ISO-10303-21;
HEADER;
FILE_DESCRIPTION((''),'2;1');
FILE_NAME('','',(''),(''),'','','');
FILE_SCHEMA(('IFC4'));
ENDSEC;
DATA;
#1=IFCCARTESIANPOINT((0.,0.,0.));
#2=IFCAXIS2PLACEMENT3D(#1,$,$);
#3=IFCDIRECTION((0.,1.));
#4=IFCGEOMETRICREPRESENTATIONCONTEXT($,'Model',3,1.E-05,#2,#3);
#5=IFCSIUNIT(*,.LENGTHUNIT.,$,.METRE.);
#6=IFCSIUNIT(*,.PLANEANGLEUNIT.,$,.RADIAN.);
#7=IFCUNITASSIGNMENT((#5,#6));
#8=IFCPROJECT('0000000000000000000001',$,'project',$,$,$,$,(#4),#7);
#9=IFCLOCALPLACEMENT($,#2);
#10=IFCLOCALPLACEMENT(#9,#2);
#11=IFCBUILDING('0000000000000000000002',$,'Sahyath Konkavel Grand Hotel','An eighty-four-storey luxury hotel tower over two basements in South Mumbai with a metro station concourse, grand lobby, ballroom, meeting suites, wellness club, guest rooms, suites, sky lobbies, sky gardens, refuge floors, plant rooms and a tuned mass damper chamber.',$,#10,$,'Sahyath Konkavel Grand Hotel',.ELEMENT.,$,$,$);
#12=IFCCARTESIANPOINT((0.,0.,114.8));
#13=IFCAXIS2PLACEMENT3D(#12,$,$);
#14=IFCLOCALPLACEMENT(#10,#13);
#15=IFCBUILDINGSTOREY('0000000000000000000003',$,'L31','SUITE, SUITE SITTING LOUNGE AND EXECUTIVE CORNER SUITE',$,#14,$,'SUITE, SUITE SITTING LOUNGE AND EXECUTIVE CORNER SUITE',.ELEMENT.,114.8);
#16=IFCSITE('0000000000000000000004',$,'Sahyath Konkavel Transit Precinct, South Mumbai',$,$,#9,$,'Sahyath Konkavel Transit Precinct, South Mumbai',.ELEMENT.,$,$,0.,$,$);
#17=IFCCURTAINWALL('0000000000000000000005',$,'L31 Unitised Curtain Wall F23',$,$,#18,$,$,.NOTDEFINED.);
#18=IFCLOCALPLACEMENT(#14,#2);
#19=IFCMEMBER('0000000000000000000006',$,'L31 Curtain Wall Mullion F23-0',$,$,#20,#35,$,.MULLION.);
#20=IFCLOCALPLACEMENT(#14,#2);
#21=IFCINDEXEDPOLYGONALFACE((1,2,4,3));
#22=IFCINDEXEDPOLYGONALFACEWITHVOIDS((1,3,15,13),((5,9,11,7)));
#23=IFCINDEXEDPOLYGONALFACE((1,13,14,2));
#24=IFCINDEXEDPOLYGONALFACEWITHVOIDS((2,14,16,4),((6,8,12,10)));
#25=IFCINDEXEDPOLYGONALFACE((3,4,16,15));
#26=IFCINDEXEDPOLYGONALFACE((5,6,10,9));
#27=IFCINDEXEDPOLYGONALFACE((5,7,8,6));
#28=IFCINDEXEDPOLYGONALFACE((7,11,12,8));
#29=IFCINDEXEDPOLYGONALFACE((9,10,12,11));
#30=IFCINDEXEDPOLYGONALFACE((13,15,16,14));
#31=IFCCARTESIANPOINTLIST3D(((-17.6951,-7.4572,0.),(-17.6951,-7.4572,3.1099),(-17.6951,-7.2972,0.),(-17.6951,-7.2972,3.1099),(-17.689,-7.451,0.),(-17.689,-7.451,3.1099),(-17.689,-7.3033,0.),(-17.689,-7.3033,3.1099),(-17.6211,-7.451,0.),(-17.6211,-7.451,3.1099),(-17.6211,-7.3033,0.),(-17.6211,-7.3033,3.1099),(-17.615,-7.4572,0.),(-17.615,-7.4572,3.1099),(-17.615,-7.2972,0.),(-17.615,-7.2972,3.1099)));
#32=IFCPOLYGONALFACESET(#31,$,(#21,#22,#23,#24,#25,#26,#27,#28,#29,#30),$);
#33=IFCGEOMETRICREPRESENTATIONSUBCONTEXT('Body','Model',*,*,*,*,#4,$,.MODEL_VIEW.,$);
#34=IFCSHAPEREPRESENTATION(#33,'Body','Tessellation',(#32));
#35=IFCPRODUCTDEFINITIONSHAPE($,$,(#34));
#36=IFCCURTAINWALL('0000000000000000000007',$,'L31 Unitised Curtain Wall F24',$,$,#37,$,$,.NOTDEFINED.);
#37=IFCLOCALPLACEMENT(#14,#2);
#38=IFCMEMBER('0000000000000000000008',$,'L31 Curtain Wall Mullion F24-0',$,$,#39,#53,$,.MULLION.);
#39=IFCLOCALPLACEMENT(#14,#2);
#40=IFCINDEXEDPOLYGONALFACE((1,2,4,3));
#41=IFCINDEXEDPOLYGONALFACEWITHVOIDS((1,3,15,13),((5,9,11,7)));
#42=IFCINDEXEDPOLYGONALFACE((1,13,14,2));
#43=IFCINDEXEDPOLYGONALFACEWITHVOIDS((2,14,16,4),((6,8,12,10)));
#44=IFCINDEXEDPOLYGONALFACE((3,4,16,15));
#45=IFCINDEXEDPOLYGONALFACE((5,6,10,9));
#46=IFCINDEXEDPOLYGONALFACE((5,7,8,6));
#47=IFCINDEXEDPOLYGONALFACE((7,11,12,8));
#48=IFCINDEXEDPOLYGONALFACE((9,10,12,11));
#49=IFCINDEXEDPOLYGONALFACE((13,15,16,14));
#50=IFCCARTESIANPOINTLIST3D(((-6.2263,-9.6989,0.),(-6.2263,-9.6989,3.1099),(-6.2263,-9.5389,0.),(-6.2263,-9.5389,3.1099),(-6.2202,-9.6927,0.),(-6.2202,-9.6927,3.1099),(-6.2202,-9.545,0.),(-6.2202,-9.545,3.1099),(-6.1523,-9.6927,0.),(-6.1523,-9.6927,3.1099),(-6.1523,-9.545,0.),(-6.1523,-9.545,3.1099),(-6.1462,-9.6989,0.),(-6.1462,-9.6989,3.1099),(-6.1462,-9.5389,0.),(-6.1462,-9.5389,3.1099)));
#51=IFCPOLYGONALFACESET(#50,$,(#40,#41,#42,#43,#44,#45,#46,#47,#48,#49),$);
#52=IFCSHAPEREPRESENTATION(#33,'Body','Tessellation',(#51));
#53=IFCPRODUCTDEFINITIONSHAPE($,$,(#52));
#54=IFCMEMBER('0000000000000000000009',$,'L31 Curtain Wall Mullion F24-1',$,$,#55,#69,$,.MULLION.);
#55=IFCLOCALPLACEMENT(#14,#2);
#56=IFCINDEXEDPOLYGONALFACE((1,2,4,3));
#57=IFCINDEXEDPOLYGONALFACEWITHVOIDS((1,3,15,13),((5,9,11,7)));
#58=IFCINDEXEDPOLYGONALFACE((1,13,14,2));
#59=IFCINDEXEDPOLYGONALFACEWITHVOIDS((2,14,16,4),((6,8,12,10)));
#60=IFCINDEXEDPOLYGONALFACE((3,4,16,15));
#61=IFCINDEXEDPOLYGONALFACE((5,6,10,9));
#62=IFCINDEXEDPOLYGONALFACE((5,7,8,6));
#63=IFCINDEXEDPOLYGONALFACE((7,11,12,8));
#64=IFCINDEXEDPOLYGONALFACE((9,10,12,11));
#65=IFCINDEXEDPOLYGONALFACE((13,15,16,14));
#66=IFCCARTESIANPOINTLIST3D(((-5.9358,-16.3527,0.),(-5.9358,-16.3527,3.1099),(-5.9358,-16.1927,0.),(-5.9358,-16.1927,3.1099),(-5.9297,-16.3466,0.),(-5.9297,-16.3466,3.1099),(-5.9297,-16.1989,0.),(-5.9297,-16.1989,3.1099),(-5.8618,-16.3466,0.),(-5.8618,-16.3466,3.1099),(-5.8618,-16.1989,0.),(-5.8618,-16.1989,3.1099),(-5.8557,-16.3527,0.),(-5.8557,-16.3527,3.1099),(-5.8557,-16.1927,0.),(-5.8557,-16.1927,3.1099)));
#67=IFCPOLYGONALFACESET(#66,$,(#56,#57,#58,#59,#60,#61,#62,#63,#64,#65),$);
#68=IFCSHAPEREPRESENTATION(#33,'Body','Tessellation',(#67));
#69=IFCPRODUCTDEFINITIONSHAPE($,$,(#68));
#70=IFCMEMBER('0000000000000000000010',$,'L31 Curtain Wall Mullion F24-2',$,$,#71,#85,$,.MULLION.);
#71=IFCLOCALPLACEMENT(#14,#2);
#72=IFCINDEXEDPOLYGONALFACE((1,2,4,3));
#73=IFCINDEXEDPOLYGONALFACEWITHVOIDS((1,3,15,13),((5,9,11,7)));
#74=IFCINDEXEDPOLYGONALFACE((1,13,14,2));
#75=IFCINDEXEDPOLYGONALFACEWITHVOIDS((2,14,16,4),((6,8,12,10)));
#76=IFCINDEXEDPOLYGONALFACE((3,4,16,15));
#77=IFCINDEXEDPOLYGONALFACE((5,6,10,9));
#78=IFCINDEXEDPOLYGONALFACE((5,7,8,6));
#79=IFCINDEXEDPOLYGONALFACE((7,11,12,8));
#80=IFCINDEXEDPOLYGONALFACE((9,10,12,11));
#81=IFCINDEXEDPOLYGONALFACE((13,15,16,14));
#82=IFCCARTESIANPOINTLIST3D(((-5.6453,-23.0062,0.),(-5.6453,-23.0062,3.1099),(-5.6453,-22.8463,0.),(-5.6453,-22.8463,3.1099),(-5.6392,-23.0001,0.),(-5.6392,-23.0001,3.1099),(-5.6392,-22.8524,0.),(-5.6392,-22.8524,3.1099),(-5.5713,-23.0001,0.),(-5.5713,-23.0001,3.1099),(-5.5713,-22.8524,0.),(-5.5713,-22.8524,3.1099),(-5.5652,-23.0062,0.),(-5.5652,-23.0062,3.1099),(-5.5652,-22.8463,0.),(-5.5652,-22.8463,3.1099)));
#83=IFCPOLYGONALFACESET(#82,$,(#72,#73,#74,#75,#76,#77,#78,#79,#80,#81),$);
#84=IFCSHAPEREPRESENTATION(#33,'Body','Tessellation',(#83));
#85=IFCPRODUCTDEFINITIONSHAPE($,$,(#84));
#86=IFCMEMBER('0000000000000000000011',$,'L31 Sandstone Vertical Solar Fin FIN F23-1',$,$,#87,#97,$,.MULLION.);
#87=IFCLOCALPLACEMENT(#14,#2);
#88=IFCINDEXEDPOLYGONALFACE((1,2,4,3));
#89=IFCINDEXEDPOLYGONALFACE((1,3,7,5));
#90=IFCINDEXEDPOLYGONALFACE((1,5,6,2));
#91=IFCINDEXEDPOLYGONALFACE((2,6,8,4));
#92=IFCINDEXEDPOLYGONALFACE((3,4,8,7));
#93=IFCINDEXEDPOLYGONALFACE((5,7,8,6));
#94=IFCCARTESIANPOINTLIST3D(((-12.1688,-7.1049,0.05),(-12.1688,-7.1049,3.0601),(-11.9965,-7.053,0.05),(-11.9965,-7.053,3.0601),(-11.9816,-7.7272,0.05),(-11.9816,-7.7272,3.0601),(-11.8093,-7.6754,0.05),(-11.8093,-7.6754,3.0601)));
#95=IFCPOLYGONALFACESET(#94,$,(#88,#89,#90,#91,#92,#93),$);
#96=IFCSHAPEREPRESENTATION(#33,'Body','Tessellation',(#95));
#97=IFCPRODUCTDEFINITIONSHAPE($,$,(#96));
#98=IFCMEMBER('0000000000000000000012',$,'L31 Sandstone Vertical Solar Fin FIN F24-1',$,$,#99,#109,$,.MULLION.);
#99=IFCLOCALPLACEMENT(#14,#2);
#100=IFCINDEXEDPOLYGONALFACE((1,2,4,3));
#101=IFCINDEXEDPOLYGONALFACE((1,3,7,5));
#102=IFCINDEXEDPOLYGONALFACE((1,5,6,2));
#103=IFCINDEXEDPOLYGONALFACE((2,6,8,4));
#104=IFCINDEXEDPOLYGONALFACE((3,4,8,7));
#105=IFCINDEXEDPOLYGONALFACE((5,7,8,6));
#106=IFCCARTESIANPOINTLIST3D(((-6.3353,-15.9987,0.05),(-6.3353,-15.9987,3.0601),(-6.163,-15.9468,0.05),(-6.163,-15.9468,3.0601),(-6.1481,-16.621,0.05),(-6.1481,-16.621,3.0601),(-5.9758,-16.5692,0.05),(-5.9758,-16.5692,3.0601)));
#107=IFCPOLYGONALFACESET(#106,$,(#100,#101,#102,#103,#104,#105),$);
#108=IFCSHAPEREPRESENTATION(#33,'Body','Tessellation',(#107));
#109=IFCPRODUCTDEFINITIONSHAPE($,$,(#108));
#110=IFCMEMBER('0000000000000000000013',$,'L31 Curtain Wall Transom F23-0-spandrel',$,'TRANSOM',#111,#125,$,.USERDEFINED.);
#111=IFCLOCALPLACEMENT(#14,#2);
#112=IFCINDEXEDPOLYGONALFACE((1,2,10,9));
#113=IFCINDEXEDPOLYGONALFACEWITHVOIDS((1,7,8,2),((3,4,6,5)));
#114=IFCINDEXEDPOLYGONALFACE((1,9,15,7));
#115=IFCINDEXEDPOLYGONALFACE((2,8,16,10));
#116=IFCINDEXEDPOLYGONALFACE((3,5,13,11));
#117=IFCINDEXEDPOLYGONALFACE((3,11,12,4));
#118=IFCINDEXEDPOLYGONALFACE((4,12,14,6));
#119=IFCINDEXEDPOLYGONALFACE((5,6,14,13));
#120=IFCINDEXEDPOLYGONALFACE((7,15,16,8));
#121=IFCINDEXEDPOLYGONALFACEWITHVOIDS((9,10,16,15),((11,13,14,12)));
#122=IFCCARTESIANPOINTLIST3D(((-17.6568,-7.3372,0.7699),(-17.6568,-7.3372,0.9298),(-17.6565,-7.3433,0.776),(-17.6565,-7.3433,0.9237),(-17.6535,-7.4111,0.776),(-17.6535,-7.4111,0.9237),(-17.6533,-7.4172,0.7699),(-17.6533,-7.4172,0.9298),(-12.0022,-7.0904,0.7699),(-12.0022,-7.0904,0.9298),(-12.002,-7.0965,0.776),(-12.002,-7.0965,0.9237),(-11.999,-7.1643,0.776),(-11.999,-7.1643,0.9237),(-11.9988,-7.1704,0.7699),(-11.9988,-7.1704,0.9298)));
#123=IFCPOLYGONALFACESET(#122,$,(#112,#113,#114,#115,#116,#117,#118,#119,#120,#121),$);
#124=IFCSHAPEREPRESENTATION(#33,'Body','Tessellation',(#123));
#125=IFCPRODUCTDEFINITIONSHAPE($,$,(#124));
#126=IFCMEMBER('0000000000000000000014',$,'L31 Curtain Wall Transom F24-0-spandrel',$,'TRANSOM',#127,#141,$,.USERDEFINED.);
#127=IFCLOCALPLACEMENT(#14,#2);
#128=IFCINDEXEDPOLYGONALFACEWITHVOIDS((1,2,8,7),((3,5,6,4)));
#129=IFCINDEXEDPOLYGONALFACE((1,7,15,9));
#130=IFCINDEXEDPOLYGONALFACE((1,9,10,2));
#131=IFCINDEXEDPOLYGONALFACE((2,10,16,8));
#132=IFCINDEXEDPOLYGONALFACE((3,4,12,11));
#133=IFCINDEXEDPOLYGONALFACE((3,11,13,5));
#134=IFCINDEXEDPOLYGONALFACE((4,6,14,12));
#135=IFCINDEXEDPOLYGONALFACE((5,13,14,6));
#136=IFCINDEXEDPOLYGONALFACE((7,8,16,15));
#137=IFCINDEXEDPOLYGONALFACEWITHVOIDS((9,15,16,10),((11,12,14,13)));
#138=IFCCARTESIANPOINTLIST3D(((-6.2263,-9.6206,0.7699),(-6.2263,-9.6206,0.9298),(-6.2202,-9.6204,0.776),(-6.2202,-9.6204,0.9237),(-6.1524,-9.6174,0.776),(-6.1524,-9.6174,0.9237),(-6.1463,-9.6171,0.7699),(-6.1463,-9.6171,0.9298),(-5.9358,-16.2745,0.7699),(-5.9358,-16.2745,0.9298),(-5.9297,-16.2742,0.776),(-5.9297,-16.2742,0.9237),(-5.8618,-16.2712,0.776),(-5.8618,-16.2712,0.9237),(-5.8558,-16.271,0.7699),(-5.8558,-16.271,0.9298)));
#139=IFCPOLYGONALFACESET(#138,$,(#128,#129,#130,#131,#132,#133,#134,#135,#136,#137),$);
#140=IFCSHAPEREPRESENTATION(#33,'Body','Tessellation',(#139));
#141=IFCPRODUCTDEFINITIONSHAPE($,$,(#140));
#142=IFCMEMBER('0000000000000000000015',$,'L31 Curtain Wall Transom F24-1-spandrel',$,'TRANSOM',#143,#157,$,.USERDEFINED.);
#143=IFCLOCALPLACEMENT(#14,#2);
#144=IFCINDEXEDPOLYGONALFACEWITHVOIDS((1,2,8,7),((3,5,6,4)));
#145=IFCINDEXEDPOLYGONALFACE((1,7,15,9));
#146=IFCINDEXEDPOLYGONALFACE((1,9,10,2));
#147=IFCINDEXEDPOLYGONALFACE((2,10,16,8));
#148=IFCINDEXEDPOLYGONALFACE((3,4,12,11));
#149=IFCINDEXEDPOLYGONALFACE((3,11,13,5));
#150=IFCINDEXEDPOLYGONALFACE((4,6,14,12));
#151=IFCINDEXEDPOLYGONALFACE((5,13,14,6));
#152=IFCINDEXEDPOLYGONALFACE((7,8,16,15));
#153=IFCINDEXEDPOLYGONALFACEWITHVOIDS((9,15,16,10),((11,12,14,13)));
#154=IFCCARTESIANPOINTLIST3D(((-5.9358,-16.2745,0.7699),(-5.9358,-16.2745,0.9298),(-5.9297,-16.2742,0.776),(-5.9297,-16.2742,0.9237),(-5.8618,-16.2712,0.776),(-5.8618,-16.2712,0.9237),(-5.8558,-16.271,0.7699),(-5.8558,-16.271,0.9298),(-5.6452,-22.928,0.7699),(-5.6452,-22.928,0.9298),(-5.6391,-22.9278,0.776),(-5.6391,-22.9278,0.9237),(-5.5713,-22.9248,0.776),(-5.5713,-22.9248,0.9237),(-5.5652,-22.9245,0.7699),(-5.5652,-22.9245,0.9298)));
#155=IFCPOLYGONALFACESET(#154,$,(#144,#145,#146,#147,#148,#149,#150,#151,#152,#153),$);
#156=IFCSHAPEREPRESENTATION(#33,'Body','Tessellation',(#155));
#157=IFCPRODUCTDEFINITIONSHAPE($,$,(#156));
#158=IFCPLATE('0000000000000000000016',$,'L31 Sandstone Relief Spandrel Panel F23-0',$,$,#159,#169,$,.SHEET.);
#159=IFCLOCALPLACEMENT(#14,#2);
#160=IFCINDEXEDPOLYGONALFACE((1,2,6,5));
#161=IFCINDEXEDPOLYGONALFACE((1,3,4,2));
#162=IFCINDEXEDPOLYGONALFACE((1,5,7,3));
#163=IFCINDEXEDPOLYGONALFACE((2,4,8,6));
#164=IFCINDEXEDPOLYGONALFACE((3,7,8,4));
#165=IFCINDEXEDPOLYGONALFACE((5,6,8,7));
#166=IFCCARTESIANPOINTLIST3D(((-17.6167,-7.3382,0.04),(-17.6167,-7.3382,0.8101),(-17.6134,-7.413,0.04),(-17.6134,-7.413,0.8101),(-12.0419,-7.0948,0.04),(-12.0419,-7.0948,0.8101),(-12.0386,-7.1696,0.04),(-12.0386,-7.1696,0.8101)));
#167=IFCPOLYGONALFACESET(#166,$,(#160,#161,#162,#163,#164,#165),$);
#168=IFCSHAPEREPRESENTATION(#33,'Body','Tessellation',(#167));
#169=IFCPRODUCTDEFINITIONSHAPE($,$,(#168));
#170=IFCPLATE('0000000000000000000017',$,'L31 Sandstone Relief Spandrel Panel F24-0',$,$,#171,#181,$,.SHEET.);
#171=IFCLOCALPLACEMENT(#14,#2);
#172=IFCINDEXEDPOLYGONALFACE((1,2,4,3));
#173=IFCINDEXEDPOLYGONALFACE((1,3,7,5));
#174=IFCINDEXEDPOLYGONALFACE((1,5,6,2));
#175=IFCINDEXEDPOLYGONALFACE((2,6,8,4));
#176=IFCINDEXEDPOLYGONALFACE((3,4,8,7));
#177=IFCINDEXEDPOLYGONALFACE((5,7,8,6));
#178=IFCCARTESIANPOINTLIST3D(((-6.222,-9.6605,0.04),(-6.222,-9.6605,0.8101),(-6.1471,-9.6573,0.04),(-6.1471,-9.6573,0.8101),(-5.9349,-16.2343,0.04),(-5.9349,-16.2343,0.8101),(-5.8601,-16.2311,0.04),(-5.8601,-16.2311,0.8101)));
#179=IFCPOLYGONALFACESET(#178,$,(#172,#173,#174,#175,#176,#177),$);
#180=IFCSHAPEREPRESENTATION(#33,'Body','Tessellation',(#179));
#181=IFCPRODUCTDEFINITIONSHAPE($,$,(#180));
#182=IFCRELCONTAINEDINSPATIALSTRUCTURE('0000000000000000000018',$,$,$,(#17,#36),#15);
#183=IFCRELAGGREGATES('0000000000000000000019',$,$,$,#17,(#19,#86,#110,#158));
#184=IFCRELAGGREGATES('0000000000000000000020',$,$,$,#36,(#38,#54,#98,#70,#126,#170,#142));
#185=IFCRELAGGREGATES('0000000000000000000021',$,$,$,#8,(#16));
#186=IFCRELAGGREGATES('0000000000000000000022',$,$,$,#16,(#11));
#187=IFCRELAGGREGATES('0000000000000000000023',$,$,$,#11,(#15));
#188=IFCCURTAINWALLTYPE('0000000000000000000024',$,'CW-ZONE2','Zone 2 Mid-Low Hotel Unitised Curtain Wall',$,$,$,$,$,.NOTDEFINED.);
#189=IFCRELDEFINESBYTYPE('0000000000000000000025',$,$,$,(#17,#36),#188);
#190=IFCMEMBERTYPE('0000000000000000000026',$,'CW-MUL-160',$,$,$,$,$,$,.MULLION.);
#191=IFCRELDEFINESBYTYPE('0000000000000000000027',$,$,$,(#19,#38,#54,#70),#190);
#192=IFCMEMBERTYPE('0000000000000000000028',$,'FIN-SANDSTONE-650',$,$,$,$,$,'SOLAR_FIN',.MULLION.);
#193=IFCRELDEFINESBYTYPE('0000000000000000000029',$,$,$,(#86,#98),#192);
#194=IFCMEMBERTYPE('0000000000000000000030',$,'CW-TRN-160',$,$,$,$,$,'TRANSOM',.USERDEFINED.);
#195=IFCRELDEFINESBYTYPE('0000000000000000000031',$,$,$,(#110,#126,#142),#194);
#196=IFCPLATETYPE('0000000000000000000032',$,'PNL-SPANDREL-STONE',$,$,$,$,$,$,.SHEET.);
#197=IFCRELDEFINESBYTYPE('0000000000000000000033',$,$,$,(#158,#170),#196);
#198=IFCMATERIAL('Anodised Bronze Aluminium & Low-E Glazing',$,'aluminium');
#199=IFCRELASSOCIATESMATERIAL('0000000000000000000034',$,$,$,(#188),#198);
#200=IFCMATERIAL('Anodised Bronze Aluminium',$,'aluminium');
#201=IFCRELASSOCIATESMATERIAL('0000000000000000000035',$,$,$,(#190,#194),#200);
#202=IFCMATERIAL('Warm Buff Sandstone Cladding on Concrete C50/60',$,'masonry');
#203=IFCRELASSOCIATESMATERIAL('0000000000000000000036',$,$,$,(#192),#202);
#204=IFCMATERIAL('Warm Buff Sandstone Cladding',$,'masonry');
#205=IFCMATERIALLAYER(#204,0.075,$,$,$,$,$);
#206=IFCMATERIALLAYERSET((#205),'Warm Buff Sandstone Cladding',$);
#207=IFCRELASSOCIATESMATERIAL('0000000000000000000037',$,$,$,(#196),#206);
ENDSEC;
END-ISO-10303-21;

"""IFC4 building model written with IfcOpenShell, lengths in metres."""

from ifc_helpers import new_model, si_unit, direction, frame, origin, origin_2d, place, context, subcontext, project, spatial, rectangle, hollow_rectangle, extrude, source, transform, mapped, material, layer, layer_set, material_profile, profile_set, type_object, element, aggregate, save


model = new_model("IFC4")

# Units and contexts
model_context = context("Model", 3, precision=1e-05, world=origin(), true_north=direction((0.0, 1.0)))
body_context = subcontext(model_context, "Body", "Model", "MODEL_VIEW")
ifc_project = project(units=[si_unit("LENGTHUNIT", "METRE"), si_unit("PLANEANGLEUNIT", "RADIAN")], contexts=[model_context])

# Site, building, storey
site_placement = place(None, origin())
site = spatial("IfcSite", under=ifc_project, at=site_placement, Name="Sahyath Konkavel Transit Precinct, South Mumbai", LongName="Sahyath Konkavel Transit Precinct, South Mumbai", CompositionType="ELEMENT", RefElevation=0.0)
building_placement = place(site_placement, origin())
building = spatial("IfcBuilding", under=site, at=building_placement, Name="Sahyath Konkavel Grand Hotel", Description="An eighty-four-storey luxury hotel tower over two basements in South Mumbai with a metro station concourse, grand lobby, ballroom, meeting suites, wellness club, guest rooms, suites, sky lobbies, sky gardens, refuge floors, plant rooms and a tuned mass damper chamber.", LongName="Sahyath Konkavel Grand Hotel", CompositionType="ELEMENT")
storey_placement = place(building_placement, frame((0.0, 0.0, 114.8)))
storey = spatial("IfcBuildingStorey", under=building, at=storey_placement, Name="L31", Description="SUITE, SUITE SITTING LOUNGE AND EXECUTIVE CORNER SUITE", LongName="SUITE, SUITE SITTING LOUNGE AND EXECUTIVE CORNER SUITE", CompositionType="ELEMENT", Elevation=114.8)

# Curtain wall, member
ifc_material_1 = material(Name="Anodised Bronze Aluminium & Low-E Glazing", Category="aluminium")
curtain_wall_type = type_object("IfcCurtainWallType", Name="CW-ZONE2", Description="Zone 2 Mid-Low Hotel Unitised Curtain Wall", PredefinedType="NOTDEFINED", material=ifc_material_1)
curtain_wall_1_placement = place(storey_placement, origin())
curtain_wall_1 = element("IfcCurtainWall", 1, at=curtain_wall_1_placement, inside=storey, type_object=curtain_wall_type, Name="L31 Unitised Curtain Wall F23", PredefinedType="NOTDEFINED")
ifc_material_2 = material(Name="Anodised Bronze Aluminium", Category="aluminium")
ifc_material_profile_1 = material_profile(ifc_material_2, hollow_rectangle(XDim=0.0801, YDim=0.1599, WallThickness=0.0061, at=origin_2d()), Name="RHS 160x80x6")
ifc_profile_set_1 = profile_set([ifc_material_profile_1], Name="Anodised Bronze Aluminium")
member_type_1 = type_object("IfcMemberType", Name="CW-MUL-160", PredefinedType="MULLION", material=ifc_profile_set_1)
shared_shape_1 = source(origin(), body_context, "Body", "SweptSolid", [
    extrude(hollow_rectangle(XDim=0.0801, YDim=0.1599, WallThickness=0.0061, at=origin_2d()), origin(), (0.0, 0.0, 1.0), 3.1099),
])
member_1_placement = place(storey_placement, frame((-17.655, -7.3772, 0.0), z_axis=(0.0, 0.0, 1.0), x_axis=(1.0, 0.0, 0.0)))
member_1 = element("IfcMember", 2, at=member_1_placement, type_object=member_type_1, Name="L31 Curtain Wall Mullion F23-0", PredefinedType="MULLION", context=body_context, shape_type="MappedRepresentation", body=[
    mapped(shared_shape_1, transform((0.0, 0.0, 0.0), scale=1.0)),
])

# Curtain wall, members
curtain_wall_2_placement = place(storey_placement, origin())
curtain_wall_2 = element("IfcCurtainWall", 3, at=curtain_wall_2_placement, inside=storey, type_object=curtain_wall_type, Name="L31 Unitised Curtain Wall F24", PredefinedType="NOTDEFINED")
member_2_placement = place(storey_placement, frame((-6.1863, -9.6189, 0.0), z_axis=(0.0, 0.0, 1.0), x_axis=(1.0, 0.0, 0.0)))
member_2 = element("IfcMember", 4, at=member_2_placement, type_object=member_type_1, Name="L31 Curtain Wall Mullion F24-0", PredefinedType="MULLION", context=body_context, shape_type="MappedRepresentation", body=[
    mapped(shared_shape_1, transform((0.0, 0.0, 0.0), scale=1.0)),
])
member_3_placement = place(storey_placement, frame((-5.8958, -16.2727, 0.0), z_axis=(0.0, 0.0, 1.0), x_axis=(1.0, 0.0, 0.0)))
member_3 = element("IfcMember", 5, at=member_3_placement, type_object=member_type_1, Name="L31 Curtain Wall Mullion F24-1", PredefinedType="MULLION", context=body_context, shape_type="MappedRepresentation", body=[
    mapped(shared_shape_1, transform((0.0, 0.0, 0.0), scale=1.0)),
])
member_4_placement = place(storey_placement, frame((-5.6052, -22.9263, 0.0), z_axis=(0.0, 0.0, 1.0), x_axis=(1.0, 0.0, 0.0)))
member_4 = element("IfcMember", 6, at=member_4_placement, type_object=member_type_1, Name="L31 Curtain Wall Mullion F24-2", PredefinedType="MULLION", context=body_context, shape_type="MappedRepresentation", body=[
    mapped(shared_shape_1, transform((0.0, 0.0, 0.0), scale=1.0)),
])

# Members
ifc_material_3 = material(Name="Warm Buff Sandstone Cladding on Concrete C50/60", Category="masonry")
ifc_material_profile_2 = material_profile(ifc_material_3, rectangle(XDim=0.1799, YDim=0.6499, at=origin_2d()), Name="FIN 180x650")
ifc_profile_set_2 = profile_set([ifc_material_profile_2], Name="Warm Buff Sandstone Cladding on Concrete C50/60")
member_type_2 = type_object("IfcMemberType", Name="FIN-SANDSTONE-650", ElementType="SOLAR_FIN", PredefinedType="MULLION", material=ifc_profile_set_2)
shared_shape_2 = source(origin(), body_context, "Body", "SweptSolid", [
    extrude(rectangle(XDim=0.1799, YDim=0.6499, at=origin_2d()), origin(), (0.0, 0.0, 1.0), 3.01),
])
member_5_placement = place(storey_placement, frame((-11.989, -7.3901, 0.05), z_axis=(0.0, 0.0, 1.0), x_axis=(0.957622, 0.288029, 0.0)))
member_5 = element("IfcMember", 7, at=member_5_placement, type_object=member_type_2, Name="L31 Sandstone Vertical Solar Fin FIN F23-1", PredefinedType="MULLION", context=body_context, shape_type="MappedRepresentation", body=[
    mapped(shared_shape_2, transform((0.0, 0.0, 0.0), scale=1.0)),
])
member_6_placement = place(storey_placement, frame((-6.1555, -16.2839, 0.05), z_axis=(0.0, 0.0, 1.0), x_axis=(0.957622, 0.288029, 0.0)))
member_6 = element("IfcMember", 8, at=member_6_placement, type_object=member_type_2, Name="L31 Sandstone Vertical Solar Fin FIN F24-1", PredefinedType="MULLION", context=body_context, shape_type="MappedRepresentation", body=[
    mapped(shared_shape_2, transform((0.0, 0.0, 0.0), scale=1.0)),
])
ifc_material_profile_3 = material_profile(ifc_material_2, hollow_rectangle(XDim=0.0801, YDim=0.1599, WallThickness=0.0061, at=origin_2d()), Name="RHS 160x80x6")
ifc_profile_set_3 = profile_set([ifc_material_profile_3], Name="Anodised Bronze Aluminium")
member_type_3 = type_object("IfcMemberType", Name="CW-TRN-160", ElementType="TRANSOM", PredefinedType="USERDEFINED", material=ifc_profile_set_3)
shared_shape_3 = source(origin(), body_context, "Body", "SweptSolid", [
    extrude(hollow_rectangle(XDim=0.0801, YDim=0.1599, WallThickness=0.0061, at=origin_2d()), origin(), (0.0, 0.0, 1.0), 5.6599),
])
member_7_placement = place(storey_placement, frame((-17.655, -7.3772, 0.8499), z_axis=(0.999049, 0.043609, 0.0), x_axis=(-0.043609, 0.999049, 0.0)))
member_7 = element("IfcMember", 9, at=member_7_placement, type_object=member_type_3, Name="L31 Curtain Wall Transom F23-0-spandrel", ObjectType="TRANSOM", PredefinedType="USERDEFINED", context=body_context, shape_type="MappedRepresentation", body=[
    mapped(shared_shape_3, transform((0.0, 0.0, 0.0), scale=1.0)),
])
shared_shape_4 = source(origin(), body_context, "Body", "SweptSolid", [
    extrude(hollow_rectangle(XDim=0.0801, YDim=0.1599, WallThickness=0.0061, at=origin_2d()), origin(), (0.0, 0.0, 1.0), 6.6602),
])
member_8_placement = place(storey_placement, frame((-6.1863, -9.6189, 0.8499), z_axis=(0.043622, -0.999048, 0.0), x_axis=(0.999048, 0.043622, 0.0)))
member_8 = element("IfcMember", 10, at=member_8_placement, type_object=member_type_3, Name="L31 Curtain Wall Transom F24-0-spandrel", ObjectType="TRANSOM", PredefinedType="USERDEFINED", context=body_context, shape_type="MappedRepresentation", body=[
    mapped(shared_shape_4, transform((0.0, 0.0, 0.0), scale=1.0)),
])
shared_shape_5 = source(origin(), body_context, "Body", "SweptSolid", [
    extrude(hollow_rectangle(XDim=0.0801, YDim=0.1599, WallThickness=0.0061, at=origin_2d()), origin(), (0.0, 0.0, 1.0), 6.6599),
])
member_9_placement = place(storey_placement, frame((-5.8958, -16.2727, 0.8499), z_axis=(0.043623, -0.999048, 0.0), x_axis=(0.999048, 0.043623, 0.0)))
member_9 = element("IfcMember", 11, at=member_9_placement, type_object=member_type_3, Name="L31 Curtain Wall Transom F24-1-spandrel", ObjectType="TRANSOM", PredefinedType="USERDEFINED", context=body_context, shape_type="MappedRepresentation", body=[
    mapped(shared_shape_5, transform((0.0, 0.0, 0.0), scale=1.0)),
])

# Plates
ifc_material_4 = material(Name="Warm Buff Sandstone Cladding", Category="masonry")
ifc_layer_1 = layer(ifc_material_4, 0.075)
ifc_layer_set_1 = layer_set([ifc_layer_1], Name="Warm Buff Sandstone Cladding")
plate_type_1 = type_object("IfcPlateType", Name="PNL-SPANDREL-STONE", PredefinedType="SHEET", material=ifc_layer_set_1)
shared_shape_6 = source(origin(), body_context, "Body", "SweptSolid", [
    extrude(rectangle(XDim=5.5801, YDim=0.075, at=origin_2d()), origin(), (0.0, 0.0, 1.0), 0.77),
])
plate_1_placement = place(storey_placement, frame((-14.8276, -7.2539, 0.04), z_axis=(0.0, 0.0, 1.0), x_axis=(0.999048, 0.043619, 0.0)))
plate_1 = element("IfcPlate", 12, at=plate_1_placement, type_object=plate_type_1, Name="L31 Sandstone Relief Spandrel Panel F23-0", PredefinedType="SHEET", context=body_context, shape_type="MappedRepresentation", body=[
    mapped(shared_shape_6, transform((0.0, 0.0, 0.0), scale=1.0)),
])
shared_shape_7 = source(origin(), body_context, "Body", "SweptSolid", [
    extrude(rectangle(XDim=6.5801, YDim=0.075, at=origin_2d()), origin(), (0.0, 0.0, 1.0), 0.77),
])
plate_2_placement = place(storey_placement, frame((-6.041, -12.9458, 0.04), z_axis=(0.0, 0.0, 1.0), x_axis=(0.043619, -0.999048, 0.0)))
plate_2 = element("IfcPlate", 13, at=plate_2_placement, type_object=plate_type_1, Name="L31 Sandstone Relief Spandrel Panel F24-0", PredefinedType="SHEET", context=body_context, shape_type="MappedRepresentation", body=[
    mapped(shared_shape_7, transform((0.0, 0.0, 0.0), scale=1.0)),
])
aggregate(curtain_wall_1, [member_1, member_5, member_7, plate_1])
aggregate(curtain_wall_2, [member_2, member_3, member_6, member_4, member_8, plate_2, member_9])

save(model, "model.ifc")
